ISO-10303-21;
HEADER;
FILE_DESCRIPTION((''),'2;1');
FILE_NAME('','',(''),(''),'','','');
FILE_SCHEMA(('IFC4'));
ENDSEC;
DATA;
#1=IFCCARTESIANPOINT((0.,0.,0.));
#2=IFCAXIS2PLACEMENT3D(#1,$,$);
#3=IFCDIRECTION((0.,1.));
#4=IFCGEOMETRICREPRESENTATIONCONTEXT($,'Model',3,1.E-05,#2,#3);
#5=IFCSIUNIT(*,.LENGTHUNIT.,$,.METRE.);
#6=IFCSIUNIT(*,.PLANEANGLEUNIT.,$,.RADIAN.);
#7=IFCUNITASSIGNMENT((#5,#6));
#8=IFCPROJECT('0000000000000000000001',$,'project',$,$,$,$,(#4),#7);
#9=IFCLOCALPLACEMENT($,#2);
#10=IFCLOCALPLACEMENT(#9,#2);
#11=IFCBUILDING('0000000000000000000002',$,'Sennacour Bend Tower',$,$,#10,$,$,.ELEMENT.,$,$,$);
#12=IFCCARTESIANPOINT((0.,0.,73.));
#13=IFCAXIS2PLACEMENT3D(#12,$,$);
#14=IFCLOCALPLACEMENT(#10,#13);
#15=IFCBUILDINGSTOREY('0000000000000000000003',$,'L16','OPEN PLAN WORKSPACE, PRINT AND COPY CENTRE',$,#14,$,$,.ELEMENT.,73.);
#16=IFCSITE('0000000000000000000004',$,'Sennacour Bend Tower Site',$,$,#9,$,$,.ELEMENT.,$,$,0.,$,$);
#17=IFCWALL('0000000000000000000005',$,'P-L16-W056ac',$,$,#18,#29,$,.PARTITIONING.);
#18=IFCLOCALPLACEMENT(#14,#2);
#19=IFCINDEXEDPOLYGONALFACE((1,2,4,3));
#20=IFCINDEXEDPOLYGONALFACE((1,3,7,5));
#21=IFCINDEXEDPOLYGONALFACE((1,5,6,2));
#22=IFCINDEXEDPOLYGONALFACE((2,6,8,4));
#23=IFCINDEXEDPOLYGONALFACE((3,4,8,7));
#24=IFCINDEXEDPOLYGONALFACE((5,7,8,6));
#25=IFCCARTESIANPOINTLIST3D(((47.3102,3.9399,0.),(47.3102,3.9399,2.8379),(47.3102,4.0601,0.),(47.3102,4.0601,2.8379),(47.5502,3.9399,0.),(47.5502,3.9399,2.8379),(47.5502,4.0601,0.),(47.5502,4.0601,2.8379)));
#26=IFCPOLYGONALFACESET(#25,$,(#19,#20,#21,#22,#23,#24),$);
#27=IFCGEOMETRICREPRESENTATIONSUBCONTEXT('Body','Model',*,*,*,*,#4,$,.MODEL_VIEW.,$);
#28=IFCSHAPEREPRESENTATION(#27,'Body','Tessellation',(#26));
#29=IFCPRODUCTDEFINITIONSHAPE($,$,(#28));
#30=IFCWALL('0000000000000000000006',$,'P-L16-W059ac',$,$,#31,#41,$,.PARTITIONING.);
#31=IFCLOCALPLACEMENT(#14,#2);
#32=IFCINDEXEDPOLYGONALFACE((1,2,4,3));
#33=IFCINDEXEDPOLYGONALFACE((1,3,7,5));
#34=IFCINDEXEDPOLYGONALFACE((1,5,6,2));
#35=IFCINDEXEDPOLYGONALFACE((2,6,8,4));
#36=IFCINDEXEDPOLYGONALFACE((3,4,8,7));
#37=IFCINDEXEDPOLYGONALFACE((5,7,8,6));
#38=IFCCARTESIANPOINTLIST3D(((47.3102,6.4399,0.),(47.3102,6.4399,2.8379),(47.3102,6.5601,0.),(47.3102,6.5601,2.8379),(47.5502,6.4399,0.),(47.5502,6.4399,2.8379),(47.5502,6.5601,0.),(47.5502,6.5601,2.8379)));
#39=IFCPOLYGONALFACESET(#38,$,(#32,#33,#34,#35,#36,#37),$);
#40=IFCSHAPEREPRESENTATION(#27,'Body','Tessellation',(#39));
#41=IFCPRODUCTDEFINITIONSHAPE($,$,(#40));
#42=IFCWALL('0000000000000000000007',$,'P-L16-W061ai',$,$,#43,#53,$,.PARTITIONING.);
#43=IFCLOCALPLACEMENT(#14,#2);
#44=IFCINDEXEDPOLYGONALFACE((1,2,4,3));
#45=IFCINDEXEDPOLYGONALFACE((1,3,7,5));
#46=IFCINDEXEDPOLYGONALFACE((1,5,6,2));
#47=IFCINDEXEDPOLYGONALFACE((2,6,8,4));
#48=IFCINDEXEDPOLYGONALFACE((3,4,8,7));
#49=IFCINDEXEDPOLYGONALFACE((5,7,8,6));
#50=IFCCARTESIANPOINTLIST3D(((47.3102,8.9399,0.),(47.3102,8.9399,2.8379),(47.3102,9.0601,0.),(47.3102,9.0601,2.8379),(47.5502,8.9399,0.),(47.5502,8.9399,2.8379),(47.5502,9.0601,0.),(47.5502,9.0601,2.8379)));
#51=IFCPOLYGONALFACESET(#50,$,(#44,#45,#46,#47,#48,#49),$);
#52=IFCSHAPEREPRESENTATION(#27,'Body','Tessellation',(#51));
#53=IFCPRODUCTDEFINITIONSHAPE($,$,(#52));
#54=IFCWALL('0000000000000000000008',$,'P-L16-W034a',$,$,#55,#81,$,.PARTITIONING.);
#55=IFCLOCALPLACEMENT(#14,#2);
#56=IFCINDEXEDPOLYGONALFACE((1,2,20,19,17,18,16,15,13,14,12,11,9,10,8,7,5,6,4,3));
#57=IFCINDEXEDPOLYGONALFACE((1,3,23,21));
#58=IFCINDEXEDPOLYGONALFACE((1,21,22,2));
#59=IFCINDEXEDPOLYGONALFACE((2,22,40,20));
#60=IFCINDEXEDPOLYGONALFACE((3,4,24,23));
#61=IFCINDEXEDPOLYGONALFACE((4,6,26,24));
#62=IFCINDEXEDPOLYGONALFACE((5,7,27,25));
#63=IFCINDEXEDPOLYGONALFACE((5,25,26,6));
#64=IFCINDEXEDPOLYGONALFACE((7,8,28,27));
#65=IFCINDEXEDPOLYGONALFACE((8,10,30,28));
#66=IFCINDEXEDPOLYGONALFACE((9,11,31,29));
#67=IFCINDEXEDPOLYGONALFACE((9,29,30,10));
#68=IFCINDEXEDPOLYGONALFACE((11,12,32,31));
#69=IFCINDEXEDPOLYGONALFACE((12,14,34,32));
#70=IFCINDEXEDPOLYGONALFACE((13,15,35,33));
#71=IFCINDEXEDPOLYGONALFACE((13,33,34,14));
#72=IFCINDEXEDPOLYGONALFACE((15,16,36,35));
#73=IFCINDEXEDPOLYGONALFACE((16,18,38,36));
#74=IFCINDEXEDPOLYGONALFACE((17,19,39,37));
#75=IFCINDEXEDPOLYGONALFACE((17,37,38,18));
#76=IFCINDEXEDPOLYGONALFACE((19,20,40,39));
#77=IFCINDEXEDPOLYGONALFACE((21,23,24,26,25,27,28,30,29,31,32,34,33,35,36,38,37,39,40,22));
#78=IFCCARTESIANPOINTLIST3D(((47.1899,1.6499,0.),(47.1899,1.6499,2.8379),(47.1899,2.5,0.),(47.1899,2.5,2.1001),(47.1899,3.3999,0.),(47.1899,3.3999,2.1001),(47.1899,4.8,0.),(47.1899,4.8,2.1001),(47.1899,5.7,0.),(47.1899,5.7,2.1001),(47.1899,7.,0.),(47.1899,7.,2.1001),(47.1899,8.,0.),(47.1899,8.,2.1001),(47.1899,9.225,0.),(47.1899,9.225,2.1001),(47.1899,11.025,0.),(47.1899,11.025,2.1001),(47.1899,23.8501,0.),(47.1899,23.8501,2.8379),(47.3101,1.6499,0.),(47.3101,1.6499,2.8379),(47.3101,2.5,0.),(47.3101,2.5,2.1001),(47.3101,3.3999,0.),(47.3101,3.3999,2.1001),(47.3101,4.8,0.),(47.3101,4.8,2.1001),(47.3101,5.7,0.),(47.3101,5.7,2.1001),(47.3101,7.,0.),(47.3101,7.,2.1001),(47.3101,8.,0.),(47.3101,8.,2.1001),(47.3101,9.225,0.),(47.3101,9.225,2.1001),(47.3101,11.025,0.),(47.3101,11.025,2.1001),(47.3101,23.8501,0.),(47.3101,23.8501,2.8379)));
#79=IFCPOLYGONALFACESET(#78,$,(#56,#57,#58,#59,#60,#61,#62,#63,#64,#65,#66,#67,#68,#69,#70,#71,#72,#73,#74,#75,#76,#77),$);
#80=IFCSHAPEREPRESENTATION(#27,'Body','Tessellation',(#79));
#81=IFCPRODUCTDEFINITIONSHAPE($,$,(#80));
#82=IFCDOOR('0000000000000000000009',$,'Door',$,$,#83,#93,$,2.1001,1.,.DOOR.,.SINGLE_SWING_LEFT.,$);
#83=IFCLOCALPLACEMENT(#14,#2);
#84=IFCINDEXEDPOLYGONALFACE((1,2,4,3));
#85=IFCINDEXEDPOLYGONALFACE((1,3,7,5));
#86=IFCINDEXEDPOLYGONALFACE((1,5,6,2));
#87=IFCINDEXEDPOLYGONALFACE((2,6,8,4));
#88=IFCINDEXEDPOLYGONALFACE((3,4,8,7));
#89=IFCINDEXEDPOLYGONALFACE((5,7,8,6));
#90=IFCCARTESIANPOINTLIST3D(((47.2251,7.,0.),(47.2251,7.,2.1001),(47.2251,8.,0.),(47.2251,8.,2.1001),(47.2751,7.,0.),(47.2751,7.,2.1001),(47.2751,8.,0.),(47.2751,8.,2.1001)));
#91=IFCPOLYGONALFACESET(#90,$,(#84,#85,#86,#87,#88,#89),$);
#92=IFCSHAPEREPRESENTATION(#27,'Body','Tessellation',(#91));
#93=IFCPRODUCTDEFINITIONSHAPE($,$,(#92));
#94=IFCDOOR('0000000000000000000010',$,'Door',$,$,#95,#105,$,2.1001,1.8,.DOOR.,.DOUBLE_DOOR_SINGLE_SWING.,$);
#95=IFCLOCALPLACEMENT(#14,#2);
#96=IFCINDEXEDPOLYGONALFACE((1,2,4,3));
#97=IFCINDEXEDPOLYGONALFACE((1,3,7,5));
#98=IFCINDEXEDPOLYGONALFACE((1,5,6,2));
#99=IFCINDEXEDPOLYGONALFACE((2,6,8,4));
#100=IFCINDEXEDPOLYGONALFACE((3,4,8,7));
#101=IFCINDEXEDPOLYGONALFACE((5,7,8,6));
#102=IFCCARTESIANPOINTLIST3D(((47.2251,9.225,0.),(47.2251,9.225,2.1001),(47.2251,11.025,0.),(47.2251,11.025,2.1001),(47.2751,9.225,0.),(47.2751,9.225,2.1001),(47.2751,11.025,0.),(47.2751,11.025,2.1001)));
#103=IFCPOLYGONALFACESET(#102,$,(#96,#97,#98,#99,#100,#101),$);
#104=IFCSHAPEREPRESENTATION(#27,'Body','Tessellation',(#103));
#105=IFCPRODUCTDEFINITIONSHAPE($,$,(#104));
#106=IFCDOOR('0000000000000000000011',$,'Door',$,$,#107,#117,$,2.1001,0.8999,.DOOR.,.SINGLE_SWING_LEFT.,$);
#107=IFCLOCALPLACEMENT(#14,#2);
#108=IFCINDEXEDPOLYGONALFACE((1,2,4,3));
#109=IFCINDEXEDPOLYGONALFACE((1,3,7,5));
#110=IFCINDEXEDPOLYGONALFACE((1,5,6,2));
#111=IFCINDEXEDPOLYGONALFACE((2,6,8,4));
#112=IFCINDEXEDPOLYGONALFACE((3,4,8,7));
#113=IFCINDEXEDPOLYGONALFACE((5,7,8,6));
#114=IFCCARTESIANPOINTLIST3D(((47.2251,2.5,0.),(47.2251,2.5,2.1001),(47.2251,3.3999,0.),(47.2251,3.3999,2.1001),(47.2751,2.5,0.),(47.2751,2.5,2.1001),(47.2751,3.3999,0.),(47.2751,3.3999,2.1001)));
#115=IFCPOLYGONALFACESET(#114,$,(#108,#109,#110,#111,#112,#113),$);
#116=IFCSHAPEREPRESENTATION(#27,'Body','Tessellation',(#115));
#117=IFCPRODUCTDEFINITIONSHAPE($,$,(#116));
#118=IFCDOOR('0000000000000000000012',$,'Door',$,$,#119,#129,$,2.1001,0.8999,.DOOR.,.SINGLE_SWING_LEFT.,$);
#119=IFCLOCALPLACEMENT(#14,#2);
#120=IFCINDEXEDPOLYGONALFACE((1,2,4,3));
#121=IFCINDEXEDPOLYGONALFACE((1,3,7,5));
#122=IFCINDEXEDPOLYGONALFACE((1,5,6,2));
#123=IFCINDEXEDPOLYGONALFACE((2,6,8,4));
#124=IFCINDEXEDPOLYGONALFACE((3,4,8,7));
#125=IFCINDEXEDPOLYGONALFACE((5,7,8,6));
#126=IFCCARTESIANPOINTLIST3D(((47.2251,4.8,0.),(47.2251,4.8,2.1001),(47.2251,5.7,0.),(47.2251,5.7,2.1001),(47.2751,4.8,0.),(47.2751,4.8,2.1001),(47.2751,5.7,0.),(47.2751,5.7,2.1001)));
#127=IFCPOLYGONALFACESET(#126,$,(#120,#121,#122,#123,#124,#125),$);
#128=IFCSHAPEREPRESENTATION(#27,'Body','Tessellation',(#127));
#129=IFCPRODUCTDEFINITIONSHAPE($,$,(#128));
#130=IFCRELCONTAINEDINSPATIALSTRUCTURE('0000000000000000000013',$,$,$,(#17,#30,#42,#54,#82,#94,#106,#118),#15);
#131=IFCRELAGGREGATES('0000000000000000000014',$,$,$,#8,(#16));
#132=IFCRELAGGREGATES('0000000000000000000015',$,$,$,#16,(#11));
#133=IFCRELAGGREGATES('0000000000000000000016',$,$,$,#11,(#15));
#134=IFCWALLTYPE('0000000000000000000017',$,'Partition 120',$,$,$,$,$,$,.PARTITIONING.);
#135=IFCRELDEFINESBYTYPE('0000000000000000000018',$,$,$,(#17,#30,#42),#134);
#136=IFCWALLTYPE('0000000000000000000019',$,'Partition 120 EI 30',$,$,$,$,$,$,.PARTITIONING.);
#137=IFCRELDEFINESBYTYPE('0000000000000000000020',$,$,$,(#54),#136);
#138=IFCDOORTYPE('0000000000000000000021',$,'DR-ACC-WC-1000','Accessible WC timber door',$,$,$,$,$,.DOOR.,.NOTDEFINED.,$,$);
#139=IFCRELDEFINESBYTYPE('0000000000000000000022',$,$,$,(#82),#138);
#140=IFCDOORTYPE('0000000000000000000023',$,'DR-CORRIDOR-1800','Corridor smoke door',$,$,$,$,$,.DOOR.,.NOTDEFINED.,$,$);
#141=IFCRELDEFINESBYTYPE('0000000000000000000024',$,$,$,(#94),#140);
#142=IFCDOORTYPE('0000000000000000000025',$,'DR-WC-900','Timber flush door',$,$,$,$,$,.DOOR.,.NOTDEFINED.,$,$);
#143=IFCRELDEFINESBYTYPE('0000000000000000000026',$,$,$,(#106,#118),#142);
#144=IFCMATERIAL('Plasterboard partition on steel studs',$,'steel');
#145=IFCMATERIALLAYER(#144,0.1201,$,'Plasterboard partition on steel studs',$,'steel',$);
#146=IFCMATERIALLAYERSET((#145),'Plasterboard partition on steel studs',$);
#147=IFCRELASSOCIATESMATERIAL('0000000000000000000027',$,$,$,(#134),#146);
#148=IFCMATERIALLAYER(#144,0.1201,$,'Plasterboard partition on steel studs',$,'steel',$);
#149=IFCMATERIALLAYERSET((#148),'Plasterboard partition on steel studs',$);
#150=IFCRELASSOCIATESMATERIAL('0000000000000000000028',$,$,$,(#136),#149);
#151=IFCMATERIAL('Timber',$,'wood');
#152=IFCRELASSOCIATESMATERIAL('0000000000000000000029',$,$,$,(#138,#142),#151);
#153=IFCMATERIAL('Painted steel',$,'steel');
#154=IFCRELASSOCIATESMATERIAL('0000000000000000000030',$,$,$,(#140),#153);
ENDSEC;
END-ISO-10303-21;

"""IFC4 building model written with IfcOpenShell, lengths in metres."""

from ifc_helpers import new_model, si_unit, direction, frame, frame_2d, origin, place, context, subcontext, project, spatial, rectangle, extrude, material, layer, layer_set, type_object, element, fill, save


model = new_model("IFC4")

# Units and contexts
model_context = context("Model", 3, precision=1e-05, world=origin(), true_north=direction((0.0, 1.0)))
body_context = subcontext(model_context, "Body", "Model", "MODEL_VIEW")
ifc_project = project(units=[si_unit("LENGTHUNIT", "METRE"), si_unit("PLANEANGLEUNIT", "RADIAN")], contexts=[model_context])

# Site, building, storey
site_placement = place(None, origin())
site = spatial("IfcSite", under=ifc_project, at=site_placement, Name="Sennacour Bend Tower Site", CompositionType="ELEMENT", RefElevation=0.0)
building_placement = place(site_placement, origin())
building = spatial("IfcBuilding", under=site, at=building_placement, Name="Sennacour Bend Tower", CompositionType="ELEMENT")
storey_placement = place(building_placement, frame((0.0, 0.0, 73.0)))
storey = spatial("IfcBuildingStorey", under=building, at=storey_placement, Name="L16", Description="OPEN PLAN WORKSPACE, PRINT AND COPY CENTRE", CompositionType="ELEMENT", Elevation=73.0)

# Walls
ifc_material_1 = material(Name="Plasterboard partition on steel studs", Category="steel")
ifc_layer_1 = layer(ifc_material_1, 0.1201, Name="Plasterboard partition on steel studs", Category="steel")
ifc_layer_set_1 = layer_set([ifc_layer_1], Name="Plasterboard partition on steel studs")
wall_type_1 = type_object("IfcWallType", Name="Partition 120", PredefinedType="PARTITIONING", material=ifc_layer_set_1)
for number, where, z_axis, x_axis, name in (
    (1, (47.3101, 4.0, 0.0), (0.0, 0.0, 1.0), (1.0, 0.0, 0.0), "P-L16-W056ac"),
    (2, (47.3101, 6.5, 0.0), (0.0, 0.0, 1.0), (1.0, 0.0, 0.0), "P-L16-W059ac"),
    (3, (47.3101, 9.0, 0.0), (0.0, 0.0, 1.0), (1.0, 0.0, 0.0), "P-L16-W061ai"),
):
    element("IfcWall", number, at=place(storey_placement, frame(where, z_axis=z_axis, x_axis=x_axis)), inside=storey, type_object=wall_type_1, Name=name, PredefinedType="PARTITIONING", context=body_context, shape_type="SweptSolid", body=[
        extrude(rectangle(XDim=0.24, YDim=0.1201, at=frame_2d((0.1201, 0.0))), origin(), (0.0, 0.0, 1.0), 2.8379),
    ])

# Wall, openings, doors
ifc_layer_2 = layer(ifc_material_1, 0.1201, Name="Plasterboard partition on steel studs", Category="steel")
ifc_layer_set_2 = layer_set([ifc_layer_2], Name="Plasterboard partition on steel studs")
wall_type_2 = type_object("IfcWallType", Name="Partition 120 EI 30", PredefinedType="PARTITIONING", material=ifc_layer_set_2)
wall_1_placement = place(storey_placement, frame((47.25, 1.6499, 0.0), z_axis=(0.0, 0.0, 1.0), x_axis=(0.0, 1.0, 0.0)))
wall_1 = element("IfcWall", 4, at=wall_1_placement, inside=storey, type_object=wall_type_2, Name="P-L16-W034a", PredefinedType="PARTITIONING", context=body_context, shape_type="SweptSolid", body=[
    extrude(rectangle(XDim=22.2002, YDim=0.1201, at=frame_2d((11.1001, 0.0))), origin(), (0.0, 0.0, 1.0), 2.8379),
])
opening_1_placement = place(wall_1_placement, frame((7.5752, 0.0, 0.0)))
opening_1 = element("IfcOpeningElement", 5, at=opening_1_placement, cuts=wall_1, PredefinedType="OPENING", context=body_context, shape_type="SweptSolid", body=[
    extrude(rectangle(XDim=1.8, YDim=2.1001, at=frame_2d((0.8999, 1.05))), frame((0.0, 0.0701, 0.0), z_axis=(0.0, -1.0, 0.0), x_axis=(1.0, 0.0, 0.0)), (0.0, 0.0, 1.0), 0.1401),
])
opening_2_placement = place(wall_1_placement, frame((0.8501, 0.0, 0.0)))
opening_2 = element("IfcOpeningElement", 6, at=opening_2_placement, cuts=wall_1, PredefinedType="OPENING", context=body_context, shape_type="SweptSolid", body=[
    extrude(rectangle(XDim=0.8999, YDim=2.1001, at=frame_2d((0.45, 1.05))), frame((0.0, 0.0701, 0.0), z_axis=(0.0, -1.0, 0.0), x_axis=(1.0, 0.0, 0.0)), (0.0, 0.0, 1.0), 0.1401),
])
opening_3_placement = place(wall_1_placement, frame((3.1501, 0.0, 0.0)))
opening_3 = element("IfcOpeningElement", 7, at=opening_3_placement, cuts=wall_1, PredefinedType="OPENING", context=body_context, shape_type="SweptSolid", body=[
    extrude(rectangle(XDim=0.8999, YDim=2.1001, at=frame_2d((0.45, 1.05))), frame((0.0, 0.0701, 0.0), z_axis=(0.0, -1.0, 0.0), x_axis=(1.0, 0.0, 0.0)), (0.0, 0.0, 1.0), 0.1401),
])
opening_4_placement = place(wall_1_placement, frame((5.3501, 0.0, 0.0)))
opening_4 = element("IfcOpeningElement", 8, at=opening_4_placement, cuts=wall_1, PredefinedType="OPENING", context=body_context, shape_type="SweptSolid", body=[
    extrude(rectangle(XDim=1.0, YDim=2.1001, at=frame_2d((0.5, 1.05))), frame((0.0, 0.0701, 0.0), z_axis=(0.0, -1.0, 0.0), x_axis=(1.0, 0.0, 0.0)), (0.0, 0.0, 1.0), 0.1401),
])
ifc_material_2 = material(Name="Timber", Category="wood")
door_type_1 = type_object("IfcDoorType", Name="DR-ACC-WC-1000", Description="Accessible WC timber door", OperationType="NOTDEFINED", PredefinedType="DOOR", material=ifc_material_2)
door_1_placement = place(opening_4_placement, origin())
door_1 = element("IfcDoor", 9, at=door_1_placement, inside=storey, type_object=door_type_1, Name="Door", OperationType="SINGLE_SWING_LEFT", OverallHeight=2.1001, OverallWidth=1.0, PredefinedType="DOOR", context=body_context, shape_type="SweptSolid", body=[
    extrude(rectangle(XDim=1.0, YDim=2.1001, at=frame_2d((0.5, 1.05))), frame((0.0, 0.0249, 0.0), z_axis=(0.0, -1.0, 0.0), x_axis=(1.0, 0.0, 0.0)), (0.0, 0.0, 1.0), 0.05),
])
fill(opening_4, door_1)
ifc_material_3 = material(Name="Painted steel", Category="steel")
door_type_2 = type_object("IfcDoorType", Name="DR-CORRIDOR-1800", Description="Corridor smoke door", OperationType="NOTDEFINED", PredefinedType="DOOR", material=ifc_material_3)
door_2_placement = place(opening_1_placement, origin())
door_2 = element("IfcDoor", 10, at=door_2_placement, inside=storey, type_object=door_type_2, Name="Door", OperationType="DOUBLE_DOOR_SINGLE_SWING", OverallHeight=2.1001, OverallWidth=1.8, PredefinedType="DOOR", context=body_context, shape_type="SweptSolid", body=[
    extrude(rectangle(XDim=1.8, YDim=2.1001, at=frame_2d((0.8999, 1.05))), frame((0.0, 0.0249, 0.0), z_axis=(0.0, -1.0, 0.0), x_axis=(1.0, 0.0, 0.0)), (0.0, 0.0, 1.0), 0.05),
])
fill(opening_1, door_2)
door_type_3 = type_object("IfcDoorType", Name="DR-WC-900", Description="Timber flush door", OperationType="NOTDEFINED", PredefinedType="DOOR", material=ifc_material_2)
door_3_placement = place(opening_2_placement, origin())
door_3 = element("IfcDoor", 11, at=door_3_placement, inside=storey, type_object=door_type_3, Name="Door", OperationType="SINGLE_SWING_LEFT", OverallHeight=2.1001, OverallWidth=0.8999, PredefinedType="DOOR", context=body_context, shape_type="SweptSolid", body=[
    extrude(rectangle(XDim=0.8999, YDim=2.1001, at=frame_2d((0.45, 1.05))), frame((0.0, 0.0249, 0.0), z_axis=(0.0, -1.0, 0.0), x_axis=(1.0, 0.0, 0.0)), (0.0, 0.0, 1.0), 0.05),
])
fill(opening_2, door_3)
door_4_placement = place(opening_3_placement, origin())
door_4 = element("IfcDoor", 12, at=door_4_placement, inside=storey, type_object=door_type_3, Name="Door", OperationType="SINGLE_SWING_LEFT", OverallHeight=2.1001, OverallWidth=0.8999, PredefinedType="DOOR", context=body_context, shape_type="SweptSolid", body=[
    extrude(rectangle(XDim=0.8999, YDim=2.1001, at=frame_2d((0.45, 1.05))), frame((0.0, 0.0249, 0.0), z_axis=(0.0, -1.0, 0.0), x_axis=(1.0, 0.0, 0.0)), (0.0, 0.0, 1.0), 0.05),
])
fill(opening_3, door_4)

save(model, "model.ifc")
